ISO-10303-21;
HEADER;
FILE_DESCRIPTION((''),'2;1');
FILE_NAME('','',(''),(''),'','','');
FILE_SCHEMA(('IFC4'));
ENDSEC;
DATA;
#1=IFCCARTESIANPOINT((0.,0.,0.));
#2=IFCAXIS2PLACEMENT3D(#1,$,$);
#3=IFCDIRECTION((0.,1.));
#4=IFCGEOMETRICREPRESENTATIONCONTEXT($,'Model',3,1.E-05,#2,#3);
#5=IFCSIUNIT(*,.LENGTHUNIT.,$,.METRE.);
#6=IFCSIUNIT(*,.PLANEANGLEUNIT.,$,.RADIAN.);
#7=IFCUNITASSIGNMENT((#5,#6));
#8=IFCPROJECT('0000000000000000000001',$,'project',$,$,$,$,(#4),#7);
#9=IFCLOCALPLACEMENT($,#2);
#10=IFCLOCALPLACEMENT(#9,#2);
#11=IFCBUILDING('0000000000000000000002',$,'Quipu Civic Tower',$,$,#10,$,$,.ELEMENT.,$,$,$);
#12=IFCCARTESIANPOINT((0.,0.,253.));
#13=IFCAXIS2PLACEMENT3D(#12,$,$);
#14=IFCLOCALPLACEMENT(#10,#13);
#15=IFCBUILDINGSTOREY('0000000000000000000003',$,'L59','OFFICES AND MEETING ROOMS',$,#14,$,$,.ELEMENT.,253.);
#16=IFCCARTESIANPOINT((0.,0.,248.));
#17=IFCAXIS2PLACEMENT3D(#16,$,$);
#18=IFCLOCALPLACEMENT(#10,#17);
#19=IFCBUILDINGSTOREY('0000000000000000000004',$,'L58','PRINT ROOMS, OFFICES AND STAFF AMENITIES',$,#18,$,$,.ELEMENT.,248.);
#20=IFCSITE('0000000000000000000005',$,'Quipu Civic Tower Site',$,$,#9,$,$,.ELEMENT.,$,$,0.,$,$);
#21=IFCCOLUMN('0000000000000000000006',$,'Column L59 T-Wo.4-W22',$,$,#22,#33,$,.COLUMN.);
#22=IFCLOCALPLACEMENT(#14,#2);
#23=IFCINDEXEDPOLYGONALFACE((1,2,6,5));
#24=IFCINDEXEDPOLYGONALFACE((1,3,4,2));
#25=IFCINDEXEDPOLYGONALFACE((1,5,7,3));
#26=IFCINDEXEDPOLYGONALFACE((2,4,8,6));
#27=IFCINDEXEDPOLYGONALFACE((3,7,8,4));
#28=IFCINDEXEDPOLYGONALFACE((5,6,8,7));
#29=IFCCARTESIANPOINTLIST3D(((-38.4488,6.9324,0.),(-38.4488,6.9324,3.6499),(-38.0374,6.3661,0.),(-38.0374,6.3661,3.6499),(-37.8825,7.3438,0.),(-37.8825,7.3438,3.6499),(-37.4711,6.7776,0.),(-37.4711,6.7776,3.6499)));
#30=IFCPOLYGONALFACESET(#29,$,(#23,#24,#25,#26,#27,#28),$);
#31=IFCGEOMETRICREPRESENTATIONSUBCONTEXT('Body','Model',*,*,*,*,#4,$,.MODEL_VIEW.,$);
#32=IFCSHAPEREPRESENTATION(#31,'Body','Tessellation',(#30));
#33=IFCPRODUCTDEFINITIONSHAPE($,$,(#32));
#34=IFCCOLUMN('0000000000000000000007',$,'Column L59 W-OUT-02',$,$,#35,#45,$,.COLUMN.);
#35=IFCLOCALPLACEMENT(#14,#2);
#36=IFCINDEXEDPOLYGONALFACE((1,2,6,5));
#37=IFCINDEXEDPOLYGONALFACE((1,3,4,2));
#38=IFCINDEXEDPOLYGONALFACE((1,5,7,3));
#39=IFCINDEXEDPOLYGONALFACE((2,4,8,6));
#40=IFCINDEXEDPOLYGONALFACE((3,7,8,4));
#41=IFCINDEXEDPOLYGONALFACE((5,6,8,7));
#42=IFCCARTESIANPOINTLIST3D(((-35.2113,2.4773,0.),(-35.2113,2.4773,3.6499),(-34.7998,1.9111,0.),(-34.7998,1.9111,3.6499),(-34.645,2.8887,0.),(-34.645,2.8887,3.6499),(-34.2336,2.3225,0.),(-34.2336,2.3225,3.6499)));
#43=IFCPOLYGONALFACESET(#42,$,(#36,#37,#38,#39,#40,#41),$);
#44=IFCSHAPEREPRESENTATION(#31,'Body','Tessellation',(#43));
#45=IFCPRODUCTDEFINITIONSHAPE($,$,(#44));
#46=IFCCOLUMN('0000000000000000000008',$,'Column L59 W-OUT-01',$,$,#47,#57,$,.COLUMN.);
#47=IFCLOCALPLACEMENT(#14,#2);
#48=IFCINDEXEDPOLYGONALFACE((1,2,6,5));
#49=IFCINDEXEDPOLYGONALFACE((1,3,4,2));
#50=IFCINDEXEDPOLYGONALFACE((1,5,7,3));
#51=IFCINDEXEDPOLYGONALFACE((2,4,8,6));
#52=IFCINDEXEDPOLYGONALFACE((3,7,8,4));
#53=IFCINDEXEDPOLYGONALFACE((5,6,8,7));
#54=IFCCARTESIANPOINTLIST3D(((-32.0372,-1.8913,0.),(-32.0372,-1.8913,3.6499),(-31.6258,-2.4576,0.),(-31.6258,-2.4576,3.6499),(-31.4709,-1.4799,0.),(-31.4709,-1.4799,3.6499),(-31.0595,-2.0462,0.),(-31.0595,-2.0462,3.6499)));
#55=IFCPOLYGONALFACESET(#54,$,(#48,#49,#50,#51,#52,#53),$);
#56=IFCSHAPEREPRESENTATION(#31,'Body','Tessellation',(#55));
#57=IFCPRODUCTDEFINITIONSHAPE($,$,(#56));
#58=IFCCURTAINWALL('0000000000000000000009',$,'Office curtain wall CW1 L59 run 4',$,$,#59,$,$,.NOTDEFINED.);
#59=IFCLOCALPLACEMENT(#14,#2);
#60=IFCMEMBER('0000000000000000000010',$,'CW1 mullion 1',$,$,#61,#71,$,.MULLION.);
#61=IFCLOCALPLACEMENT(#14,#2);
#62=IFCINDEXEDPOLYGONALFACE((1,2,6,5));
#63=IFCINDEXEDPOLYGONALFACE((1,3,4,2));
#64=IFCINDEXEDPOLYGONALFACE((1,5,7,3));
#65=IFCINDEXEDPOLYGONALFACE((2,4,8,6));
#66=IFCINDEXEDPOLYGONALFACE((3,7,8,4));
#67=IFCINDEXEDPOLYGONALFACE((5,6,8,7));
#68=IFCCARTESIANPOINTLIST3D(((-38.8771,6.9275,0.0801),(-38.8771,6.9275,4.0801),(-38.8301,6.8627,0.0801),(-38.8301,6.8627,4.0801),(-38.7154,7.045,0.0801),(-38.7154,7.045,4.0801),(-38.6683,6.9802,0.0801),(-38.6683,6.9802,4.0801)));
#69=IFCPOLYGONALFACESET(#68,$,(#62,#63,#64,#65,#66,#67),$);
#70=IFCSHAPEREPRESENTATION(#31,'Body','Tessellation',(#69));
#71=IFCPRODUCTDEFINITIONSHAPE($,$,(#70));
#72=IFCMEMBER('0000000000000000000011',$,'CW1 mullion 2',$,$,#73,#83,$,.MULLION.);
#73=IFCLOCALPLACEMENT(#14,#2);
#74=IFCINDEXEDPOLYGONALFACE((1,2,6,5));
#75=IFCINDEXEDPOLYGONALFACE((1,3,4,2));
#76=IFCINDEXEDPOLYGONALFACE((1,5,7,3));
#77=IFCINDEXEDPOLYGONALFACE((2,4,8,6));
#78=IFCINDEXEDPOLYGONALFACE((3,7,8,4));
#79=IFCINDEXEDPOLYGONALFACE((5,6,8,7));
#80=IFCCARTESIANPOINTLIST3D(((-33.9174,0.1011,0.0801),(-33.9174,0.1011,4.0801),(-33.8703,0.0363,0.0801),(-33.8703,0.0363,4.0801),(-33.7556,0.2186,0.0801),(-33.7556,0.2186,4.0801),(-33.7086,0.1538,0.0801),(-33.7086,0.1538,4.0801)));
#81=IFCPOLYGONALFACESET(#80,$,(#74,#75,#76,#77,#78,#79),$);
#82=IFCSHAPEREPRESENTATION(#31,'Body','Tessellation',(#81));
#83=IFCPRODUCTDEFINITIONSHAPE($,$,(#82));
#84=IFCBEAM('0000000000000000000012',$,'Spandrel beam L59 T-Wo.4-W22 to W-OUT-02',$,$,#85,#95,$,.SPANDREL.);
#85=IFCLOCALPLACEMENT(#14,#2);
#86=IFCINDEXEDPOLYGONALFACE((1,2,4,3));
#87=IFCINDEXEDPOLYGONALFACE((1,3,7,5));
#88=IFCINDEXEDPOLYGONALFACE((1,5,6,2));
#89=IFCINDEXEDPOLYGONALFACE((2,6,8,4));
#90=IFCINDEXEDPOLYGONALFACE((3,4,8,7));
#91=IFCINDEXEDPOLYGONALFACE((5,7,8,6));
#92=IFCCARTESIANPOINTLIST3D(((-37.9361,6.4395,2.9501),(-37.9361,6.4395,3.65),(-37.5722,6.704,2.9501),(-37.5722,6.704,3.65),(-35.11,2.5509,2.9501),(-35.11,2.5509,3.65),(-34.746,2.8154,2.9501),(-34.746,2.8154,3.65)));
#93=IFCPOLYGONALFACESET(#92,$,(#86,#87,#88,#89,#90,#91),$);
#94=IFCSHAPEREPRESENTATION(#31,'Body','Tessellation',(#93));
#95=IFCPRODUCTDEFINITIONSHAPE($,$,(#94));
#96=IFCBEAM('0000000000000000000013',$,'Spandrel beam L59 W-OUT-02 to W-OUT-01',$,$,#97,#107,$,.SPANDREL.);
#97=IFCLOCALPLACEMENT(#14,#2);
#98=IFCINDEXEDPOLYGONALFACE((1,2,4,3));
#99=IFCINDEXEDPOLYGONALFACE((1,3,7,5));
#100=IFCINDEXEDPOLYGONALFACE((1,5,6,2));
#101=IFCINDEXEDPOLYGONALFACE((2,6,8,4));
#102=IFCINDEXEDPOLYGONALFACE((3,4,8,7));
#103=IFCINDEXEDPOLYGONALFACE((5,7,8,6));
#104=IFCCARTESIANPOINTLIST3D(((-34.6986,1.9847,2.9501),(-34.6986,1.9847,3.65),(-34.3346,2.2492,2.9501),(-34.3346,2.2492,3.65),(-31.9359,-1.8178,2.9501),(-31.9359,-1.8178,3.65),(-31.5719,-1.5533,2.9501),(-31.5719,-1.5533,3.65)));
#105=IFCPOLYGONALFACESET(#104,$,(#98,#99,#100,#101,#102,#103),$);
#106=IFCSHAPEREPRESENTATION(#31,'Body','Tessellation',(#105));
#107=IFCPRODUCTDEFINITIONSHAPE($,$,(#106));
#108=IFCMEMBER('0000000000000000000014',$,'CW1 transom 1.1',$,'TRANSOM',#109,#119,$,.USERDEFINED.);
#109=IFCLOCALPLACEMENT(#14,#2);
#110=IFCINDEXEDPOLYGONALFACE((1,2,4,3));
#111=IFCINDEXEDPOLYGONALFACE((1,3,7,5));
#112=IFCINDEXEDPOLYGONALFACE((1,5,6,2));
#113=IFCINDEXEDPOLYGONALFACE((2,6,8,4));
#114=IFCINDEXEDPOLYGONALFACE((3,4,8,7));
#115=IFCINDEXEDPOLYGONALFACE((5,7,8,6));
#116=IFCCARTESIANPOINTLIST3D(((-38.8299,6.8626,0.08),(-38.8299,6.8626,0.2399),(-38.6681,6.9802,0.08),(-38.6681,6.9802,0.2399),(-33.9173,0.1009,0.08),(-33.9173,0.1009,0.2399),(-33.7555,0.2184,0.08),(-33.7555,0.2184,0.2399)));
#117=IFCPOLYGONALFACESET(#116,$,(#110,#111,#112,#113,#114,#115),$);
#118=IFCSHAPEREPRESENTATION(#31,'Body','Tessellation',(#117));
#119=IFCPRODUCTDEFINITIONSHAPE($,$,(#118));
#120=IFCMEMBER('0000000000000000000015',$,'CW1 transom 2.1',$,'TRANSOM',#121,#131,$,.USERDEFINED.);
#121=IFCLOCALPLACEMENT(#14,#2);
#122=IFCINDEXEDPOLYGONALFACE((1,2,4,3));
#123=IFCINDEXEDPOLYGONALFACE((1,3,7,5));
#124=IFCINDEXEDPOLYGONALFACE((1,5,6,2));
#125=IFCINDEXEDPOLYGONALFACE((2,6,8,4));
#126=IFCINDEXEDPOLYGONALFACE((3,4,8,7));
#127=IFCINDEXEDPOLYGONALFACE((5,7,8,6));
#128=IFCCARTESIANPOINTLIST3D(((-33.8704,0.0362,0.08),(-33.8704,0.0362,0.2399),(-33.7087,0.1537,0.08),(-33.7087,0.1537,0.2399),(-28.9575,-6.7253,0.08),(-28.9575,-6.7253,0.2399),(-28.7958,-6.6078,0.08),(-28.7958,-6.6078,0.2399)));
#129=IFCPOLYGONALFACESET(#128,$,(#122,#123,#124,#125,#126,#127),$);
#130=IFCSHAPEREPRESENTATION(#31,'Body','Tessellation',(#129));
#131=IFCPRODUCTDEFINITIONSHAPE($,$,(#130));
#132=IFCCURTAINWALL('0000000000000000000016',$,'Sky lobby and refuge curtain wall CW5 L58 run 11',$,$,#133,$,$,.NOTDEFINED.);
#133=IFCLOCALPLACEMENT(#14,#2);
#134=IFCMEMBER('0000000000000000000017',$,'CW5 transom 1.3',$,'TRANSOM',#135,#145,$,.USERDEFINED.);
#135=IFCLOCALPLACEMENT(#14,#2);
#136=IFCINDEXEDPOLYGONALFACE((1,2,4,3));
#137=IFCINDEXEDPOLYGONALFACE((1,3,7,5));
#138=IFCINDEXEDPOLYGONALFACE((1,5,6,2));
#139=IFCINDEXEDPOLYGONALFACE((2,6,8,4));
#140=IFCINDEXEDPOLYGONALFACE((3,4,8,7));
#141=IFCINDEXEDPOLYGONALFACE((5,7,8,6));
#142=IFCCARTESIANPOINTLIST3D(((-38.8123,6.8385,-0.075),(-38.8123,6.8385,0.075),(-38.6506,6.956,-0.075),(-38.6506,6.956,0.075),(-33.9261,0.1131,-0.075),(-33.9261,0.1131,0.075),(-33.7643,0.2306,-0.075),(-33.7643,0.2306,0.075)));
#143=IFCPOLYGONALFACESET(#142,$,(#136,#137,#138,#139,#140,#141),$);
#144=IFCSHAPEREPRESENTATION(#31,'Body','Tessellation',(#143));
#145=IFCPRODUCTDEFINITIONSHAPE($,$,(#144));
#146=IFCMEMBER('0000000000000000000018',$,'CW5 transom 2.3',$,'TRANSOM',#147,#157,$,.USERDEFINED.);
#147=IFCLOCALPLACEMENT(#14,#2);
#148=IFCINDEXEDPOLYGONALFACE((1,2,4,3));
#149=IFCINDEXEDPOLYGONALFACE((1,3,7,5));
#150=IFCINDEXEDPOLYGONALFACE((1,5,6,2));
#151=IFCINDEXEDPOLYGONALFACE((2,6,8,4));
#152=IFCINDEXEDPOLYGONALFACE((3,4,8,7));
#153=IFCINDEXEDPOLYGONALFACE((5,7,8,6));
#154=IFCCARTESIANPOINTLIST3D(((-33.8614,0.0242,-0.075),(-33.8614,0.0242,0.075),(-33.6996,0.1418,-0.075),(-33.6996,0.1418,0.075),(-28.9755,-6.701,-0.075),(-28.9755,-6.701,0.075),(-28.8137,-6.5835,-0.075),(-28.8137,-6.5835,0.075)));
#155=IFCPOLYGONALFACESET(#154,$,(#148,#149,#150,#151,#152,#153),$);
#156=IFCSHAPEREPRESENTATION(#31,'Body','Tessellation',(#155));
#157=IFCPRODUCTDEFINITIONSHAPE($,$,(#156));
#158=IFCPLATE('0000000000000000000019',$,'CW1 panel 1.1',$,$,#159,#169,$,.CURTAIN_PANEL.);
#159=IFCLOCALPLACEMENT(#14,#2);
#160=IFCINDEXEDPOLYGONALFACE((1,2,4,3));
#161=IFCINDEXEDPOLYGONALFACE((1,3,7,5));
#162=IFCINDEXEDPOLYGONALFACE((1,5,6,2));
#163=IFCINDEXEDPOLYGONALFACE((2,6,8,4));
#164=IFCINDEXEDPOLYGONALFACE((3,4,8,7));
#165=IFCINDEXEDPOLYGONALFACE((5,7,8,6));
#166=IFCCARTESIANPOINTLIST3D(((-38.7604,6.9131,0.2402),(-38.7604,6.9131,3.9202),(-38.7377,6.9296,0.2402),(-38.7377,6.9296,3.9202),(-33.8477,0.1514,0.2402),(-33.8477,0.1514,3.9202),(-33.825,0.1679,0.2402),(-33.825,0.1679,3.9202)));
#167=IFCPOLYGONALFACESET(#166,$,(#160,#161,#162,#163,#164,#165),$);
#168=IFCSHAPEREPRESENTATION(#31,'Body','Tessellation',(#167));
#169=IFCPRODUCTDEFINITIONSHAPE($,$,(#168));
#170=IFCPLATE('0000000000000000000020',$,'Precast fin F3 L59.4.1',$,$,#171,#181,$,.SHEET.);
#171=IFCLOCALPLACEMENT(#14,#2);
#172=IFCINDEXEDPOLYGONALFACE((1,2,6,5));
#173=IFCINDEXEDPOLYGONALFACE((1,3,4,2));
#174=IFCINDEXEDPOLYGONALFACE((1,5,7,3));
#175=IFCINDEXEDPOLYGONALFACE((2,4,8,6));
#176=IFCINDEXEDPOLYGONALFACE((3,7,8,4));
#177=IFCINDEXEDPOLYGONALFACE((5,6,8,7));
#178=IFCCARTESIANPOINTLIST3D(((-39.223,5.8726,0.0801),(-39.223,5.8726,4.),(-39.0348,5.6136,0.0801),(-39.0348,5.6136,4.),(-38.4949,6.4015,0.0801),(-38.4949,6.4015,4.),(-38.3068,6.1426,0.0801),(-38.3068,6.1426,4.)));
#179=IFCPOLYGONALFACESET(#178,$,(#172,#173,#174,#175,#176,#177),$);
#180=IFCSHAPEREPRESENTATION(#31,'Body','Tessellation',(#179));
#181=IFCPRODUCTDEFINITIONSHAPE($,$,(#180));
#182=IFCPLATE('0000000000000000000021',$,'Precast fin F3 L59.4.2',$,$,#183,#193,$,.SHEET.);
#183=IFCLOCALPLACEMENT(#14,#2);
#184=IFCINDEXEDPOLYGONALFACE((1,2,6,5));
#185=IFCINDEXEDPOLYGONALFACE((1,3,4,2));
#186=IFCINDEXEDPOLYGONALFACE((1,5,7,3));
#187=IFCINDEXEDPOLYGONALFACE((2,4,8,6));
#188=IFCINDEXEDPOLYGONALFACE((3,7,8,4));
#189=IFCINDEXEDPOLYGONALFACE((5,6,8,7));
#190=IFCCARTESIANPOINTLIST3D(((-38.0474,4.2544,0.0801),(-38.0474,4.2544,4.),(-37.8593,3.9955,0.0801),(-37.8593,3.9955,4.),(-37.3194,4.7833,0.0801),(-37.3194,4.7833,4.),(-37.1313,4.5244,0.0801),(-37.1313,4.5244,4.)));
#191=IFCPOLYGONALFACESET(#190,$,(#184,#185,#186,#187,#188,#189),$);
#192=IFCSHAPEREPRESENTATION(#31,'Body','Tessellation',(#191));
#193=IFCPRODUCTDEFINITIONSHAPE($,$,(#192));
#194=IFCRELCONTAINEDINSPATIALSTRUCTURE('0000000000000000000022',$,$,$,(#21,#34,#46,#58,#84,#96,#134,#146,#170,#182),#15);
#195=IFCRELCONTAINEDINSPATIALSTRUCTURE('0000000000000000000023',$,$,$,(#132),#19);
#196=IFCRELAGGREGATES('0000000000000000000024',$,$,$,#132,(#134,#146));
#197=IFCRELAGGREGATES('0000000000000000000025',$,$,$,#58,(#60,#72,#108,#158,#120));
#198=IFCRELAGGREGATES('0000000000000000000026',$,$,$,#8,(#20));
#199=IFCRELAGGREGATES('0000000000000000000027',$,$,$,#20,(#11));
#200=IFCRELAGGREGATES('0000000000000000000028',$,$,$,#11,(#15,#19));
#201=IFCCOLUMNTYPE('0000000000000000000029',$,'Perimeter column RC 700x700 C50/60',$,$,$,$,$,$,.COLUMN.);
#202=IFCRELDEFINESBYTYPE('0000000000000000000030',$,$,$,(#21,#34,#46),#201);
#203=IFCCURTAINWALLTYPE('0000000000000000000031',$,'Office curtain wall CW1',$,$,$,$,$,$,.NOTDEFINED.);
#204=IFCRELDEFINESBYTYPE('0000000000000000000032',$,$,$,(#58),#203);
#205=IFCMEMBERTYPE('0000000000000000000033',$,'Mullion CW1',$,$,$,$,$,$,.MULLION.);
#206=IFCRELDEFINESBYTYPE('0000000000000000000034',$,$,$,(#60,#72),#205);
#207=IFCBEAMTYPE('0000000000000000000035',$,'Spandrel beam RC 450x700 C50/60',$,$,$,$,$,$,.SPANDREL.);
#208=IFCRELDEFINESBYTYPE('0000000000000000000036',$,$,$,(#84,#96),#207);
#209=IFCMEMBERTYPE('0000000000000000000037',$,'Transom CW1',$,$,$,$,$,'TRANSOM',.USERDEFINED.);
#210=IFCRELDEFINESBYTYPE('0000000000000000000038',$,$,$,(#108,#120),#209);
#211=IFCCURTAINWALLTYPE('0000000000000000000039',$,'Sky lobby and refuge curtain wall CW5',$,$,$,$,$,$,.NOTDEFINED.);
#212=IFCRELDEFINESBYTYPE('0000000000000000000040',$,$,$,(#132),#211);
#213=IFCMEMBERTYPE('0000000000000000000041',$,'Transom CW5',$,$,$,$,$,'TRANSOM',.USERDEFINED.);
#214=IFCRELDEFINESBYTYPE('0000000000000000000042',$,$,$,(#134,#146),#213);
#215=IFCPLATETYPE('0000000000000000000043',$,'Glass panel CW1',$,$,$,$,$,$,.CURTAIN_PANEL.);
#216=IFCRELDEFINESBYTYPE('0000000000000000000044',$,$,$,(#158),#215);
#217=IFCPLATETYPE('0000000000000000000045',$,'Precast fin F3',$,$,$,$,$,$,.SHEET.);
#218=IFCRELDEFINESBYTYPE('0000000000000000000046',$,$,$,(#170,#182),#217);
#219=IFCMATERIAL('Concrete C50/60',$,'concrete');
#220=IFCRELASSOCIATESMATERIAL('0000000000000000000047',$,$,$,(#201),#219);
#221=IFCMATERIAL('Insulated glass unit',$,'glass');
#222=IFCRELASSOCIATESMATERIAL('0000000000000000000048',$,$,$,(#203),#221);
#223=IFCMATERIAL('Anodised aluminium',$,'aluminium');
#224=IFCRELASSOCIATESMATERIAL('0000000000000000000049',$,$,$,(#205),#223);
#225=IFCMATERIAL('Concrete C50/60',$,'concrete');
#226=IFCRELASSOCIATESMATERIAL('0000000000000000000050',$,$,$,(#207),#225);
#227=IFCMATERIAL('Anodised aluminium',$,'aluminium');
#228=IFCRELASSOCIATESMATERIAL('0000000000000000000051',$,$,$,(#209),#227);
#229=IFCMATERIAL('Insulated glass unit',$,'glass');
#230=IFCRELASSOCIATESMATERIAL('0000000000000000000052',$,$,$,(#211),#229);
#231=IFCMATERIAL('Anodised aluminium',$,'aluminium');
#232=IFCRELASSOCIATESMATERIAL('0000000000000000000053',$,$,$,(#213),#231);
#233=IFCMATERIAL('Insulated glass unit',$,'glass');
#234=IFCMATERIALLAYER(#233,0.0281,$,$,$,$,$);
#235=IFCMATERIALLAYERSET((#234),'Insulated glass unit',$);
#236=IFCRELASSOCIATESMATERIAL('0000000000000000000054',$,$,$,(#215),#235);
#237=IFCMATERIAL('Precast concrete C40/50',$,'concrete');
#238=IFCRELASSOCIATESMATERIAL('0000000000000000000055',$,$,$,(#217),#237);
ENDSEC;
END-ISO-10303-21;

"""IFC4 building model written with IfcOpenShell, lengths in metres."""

from ifc_helpers import new_model, si_unit, direction, frame, origin, origin_2d, place, context, subcontext, project, spatial, rectangle, extrude, material, layer, layer_set, material_profile, profile_set, type_object, element, aggregate, save


model = new_model("IFC4")

# Units and contexts
model_context = context("Model", 3, precision=1e-05, world=origin(), true_north=direction((0.0, 1.0)))
body_context = subcontext(model_context, "Body", "Model", "MODEL_VIEW")
ifc_project = project(units=[si_unit("LENGTHUNIT", "METRE"), si_unit("PLANEANGLEUNIT", "RADIAN")], contexts=[model_context])

# Site, building, storey
site_placement = place(None, origin())
site = spatial("IfcSite", under=ifc_project, at=site_placement, Name="Quipu Civic Tower Site", CompositionType="ELEMENT", RefElevation=0.0)
building_placement = place(site_placement, origin())
building = spatial("IfcBuilding", under=site, at=building_placement, Name="Quipu Civic Tower", CompositionType="ELEMENT")
storey_1_placement = place(building_placement, frame((0.0, 0.0, 253.0)))
storey_1 = spatial("IfcBuildingStorey", under=building, at=storey_1_placement, Name="L59", Description="OFFICES AND MEETING ROOMS", CompositionType="ELEMENT", Elevation=253.0)

# Columns
ifc_material_1 = material(Name="Concrete C50/60", Category="concrete")
ifc_material_profile_1 = material_profile(ifc_material_1, rectangle(XDim=0.7, YDim=0.7, at=origin_2d()), Name="RC700x700")
ifc_profile_set_1 = profile_set([ifc_material_profile_1], Name="Concrete C50/60")
column_type = type_object("IfcColumnType", Name="Perimeter column RC 700x700 C50/60", PredefinedType="COLUMN", material=ifc_profile_set_1)
for number, where, z_axis, x_axis, name in (
    (1, (-37.96, 6.855, 0.0), (0.0, 0.0, 1.0), (0.587785, -0.809017, 0.0), "Column L59 T-Wo.4-W22"),
    (2, (-34.7224, 2.3999, 0.0), (0.0, 0.0, 1.0), (0.587785, -0.809017, 0.0), "Column L59 W-OUT-02"),
    (3, (-31.5483, -1.9688, 0.0), (0.0, 0.0, 1.0), (0.587785, -0.809017, 0.0), "Column L59 W-OUT-01"),
):
    element("IfcColumn", number, at=place(storey_1_placement, frame(where, z_axis=z_axis, x_axis=x_axis)), inside=storey_1, type_object=column_type, Name=name, PredefinedType="COLUMN", context=body_context, shape_type="SweptSolid", body=[
        extrude(rectangle(XDim=0.7, YDim=0.7, at=origin_2d()), origin(), (0.0, 0.0, 1.0), 3.6499),
    ])

# Curtain wall, members
ifc_material_2 = material(Name="Insulated glass unit", Category="glass")
curtain_wall_type_1 = type_object("IfcCurtainWallType", Name="Office curtain wall CW1", PredefinedType="NOTDEFINED", material=ifc_material_2)
curtain_wall_1_placement = place(storey_1_placement, origin())
curtain_wall_1 = element("IfcCurtainWall", 4, at=curtain_wall_1_placement, inside=storey_1, type_object=curtain_wall_type_1, Name="Office curtain wall CW1 L59 run 4", PredefinedType="NOTDEFINED")
ifc_material_3 = material(Name="Anodised aluminium", Category="aluminium")
ifc_material_profile_2 = material_profile(ifc_material_3, rectangle(XDim=0.2, YDim=0.0801, at=origin_2d()), Name="RECT 200x80")
ifc_profile_set_2 = profile_set([ifc_material_profile_2], Name="Anodised aluminium")
member_type_1 = type_object("IfcMemberType", Name="Mullion CW1", PredefinedType="MULLION", material=ifc_profile_set_2)
member_1_placement = place(storey_1_placement, frame((-38.7727, 6.9539, 0.0801), z_axis=(0.0, 0.0, 1.0), x_axis=(0.809016, 0.587786, 0.0)))
member_1 = element("IfcMember", 5, at=member_1_placement, type_object=member_type_1, Name="CW1 mullion 1", PredefinedType="MULLION", context=body_context, shape_type="SweptSolid", body=[
    extrude(rectangle(XDim=0.2, YDim=0.0801, at=origin_2d()), origin(), (0.0, 0.0, 1.0), 4.0),
])
member_2_placement = place(storey_1_placement, frame((-33.813, 0.1274, 0.0801), z_axis=(0.0, 0.0, 1.0), x_axis=(0.809016, 0.587786, 0.0)))
member_2 = element("IfcMember", 6, at=member_2_placement, type_object=member_type_1, Name="CW1 mullion 2", PredefinedType="MULLION", context=body_context, shape_type="SweptSolid", body=[
    extrude(rectangle(XDim=0.2, YDim=0.0801, at=origin_2d()), origin(), (0.0, 0.0, 1.0), 4.0),
])

# Beams
ifc_material_4 = material(Name="Concrete C50/60", Category="concrete")
ifc_material_profile_3 = material_profile(ifc_material_4, rectangle(XDim=0.45, YDim=0.7, at=origin_2d()), Name="RC450x700")
ifc_profile_set_3 = profile_set([ifc_material_profile_3], Name="Concrete C50/60")
beam_type = type_object("IfcBeamType", Name="Spandrel beam RC 450x700 C50/60", PredefinedType="SPANDREL", material=ifc_profile_set_3)
beam_1_placement = place(storey_1_placement, frame((-37.7542, 6.5718, 3.3), z_axis=(0.587906, -0.808929, 0.0), x_axis=(0.808929, 0.587906, 0.0)))
element("IfcBeam", 7, at=beam_1_placement, inside=storey_1, type_object=beam_type, Name="Spandrel beam L59 T-Wo.4-W22 to W-OUT-02", PredefinedType="SPANDREL", context=body_context, shape_type="SweptSolid", body=[
    extrude(rectangle(XDim=0.45, YDim=0.7, at=origin_2d()), origin(), (0.0, 0.0, 1.0), 4.8071),
])
beam_2_placement = place(storey_1_placement, frame((-34.5166, 2.1169, 3.3), z_axis=(0.587789, -0.809015, 0.0), x_axis=(0.809015, 0.587789, 0.0)))
element("IfcBeam", 8, at=beam_2_placement, inside=storey_1, type_object=beam_type, Name="Spandrel beam L59 W-OUT-02 to W-OUT-01", PredefinedType="SPANDREL", context=body_context, shape_type="SweptSolid", body=[
    extrude(rectangle(XDim=0.45, YDim=0.7, at=origin_2d()), origin(), (0.0, 0.0, 1.0), 4.7002),
])

# Members
ifc_material_5 = material(Name="Anodised aluminium", Category="aluminium")
ifc_material_profile_4 = material_profile(ifc_material_5, rectangle(XDim=0.2, YDim=0.1599, at=origin_2d()), Name="RECT 200x160")
ifc_profile_set_4 = profile_set([ifc_material_profile_4], Name="Anodised aluminium")
member_type_2 = type_object("IfcMemberType", Name="Transom CW1", ElementType="TRANSOM", PredefinedType="USERDEFINED", material=ifc_profile_set_4)
member_3_placement = place(storey_1_placement, frame((-38.749, 6.9214, 0.1599), z_axis=(0.587779, -0.809021, 0.0), x_axis=(0.809021, 0.587779, 0.0)))
member_3 = element("IfcMember", 9, at=member_3_placement, type_object=member_type_2, Name="CW1 transom 1.1", ObjectType="TRANSOM", PredefinedType="USERDEFINED", context=body_context, shape_type="SweptSolid", body=[
    extrude(rectangle(XDim=0.2, YDim=0.1599, at=origin_2d()), origin(), (0.0, 0.0, 1.0), 8.3579),
])
member_4_placement = place(storey_1_placement, frame((-33.7896, 0.095, 0.1599), z_axis=(0.587812, -0.808997, 0.0), x_axis=(0.808997, 0.587812, 0.0)))
member_4 = element("IfcMember", 10, at=member_4_placement, type_object=member_type_2, Name="CW1 transom 2.1", ObjectType="TRANSOM", PredefinedType="USERDEFINED", context=body_context, shape_type="SweptSolid", body=[
    extrude(rectangle(XDim=0.2, YDim=0.1599, at=origin_2d()), origin(), (0.0, 0.0, 1.0), 8.3579),
])

# Shared definitions
storey_2_placement = place(building_placement, frame((0.0, 0.0, 248.0)))
storey_2 = spatial("IfcBuildingStorey", under=building, at=storey_2_placement, Name="L58", Description="PRINT ROOMS, OFFICES AND STAFF AMENITIES", CompositionType="ELEMENT", Elevation=248.0)

# Curtain wall, members
ifc_material_6 = material(Name="Insulated glass unit", Category="glass")
curtain_wall_type_2 = type_object("IfcCurtainWallType", Name="Sky lobby and refuge curtain wall CW5", PredefinedType="NOTDEFINED", material=ifc_material_6)
curtain_wall_2_placement = place(storey_2_placement, origin())
curtain_wall_2 = element("IfcCurtainWall", 11, at=curtain_wall_2_placement, inside=storey_2, type_object=curtain_wall_type_2, Name="Sky lobby and refuge curtain wall CW5 L58 run 11", PredefinedType="NOTDEFINED")
ifc_material_7 = material(Name="Anodised aluminium", Category="aluminium")
ifc_material_profile_5 = material_profile(ifc_material_7, rectangle(XDim=0.2, YDim=0.1499, at=origin_2d()), Name="RECT 200x150")
ifc_profile_set_5 = profile_set([ifc_material_profile_5], Name="Anodised aluminium")
member_type_3 = type_object("IfcMemberType", Name="Transom CW5", ElementType="TRANSOM", PredefinedType="USERDEFINED", material=ifc_profile_set_5)
member_5_placement = place(storey_1_placement, frame((-38.7314, 6.8972, 0.0), z_axis=(0.587784, -0.809018, 0.0), x_axis=(0.809018, 0.587784, 0.0)))
member_5 = element("IfcMember", 12, at=member_5_placement, inside=storey_1, type_object=member_type_3, Name="CW5 transom 1.3", ObjectType="TRANSOM", PredefinedType="USERDEFINED", context=body_context, shape_type="SweptSolid", body=[
    extrude(rectangle(XDim=0.2, YDim=0.1499, at=origin_2d()), origin(), (0.0, 0.0, 1.0), 8.313),
])
member_6_placement = place(storey_1_placement, frame((-33.7805, 0.083, 0.0), z_axis=(0.587765, -0.809032, 0.0), x_axis=(0.809032, 0.587765, 0.0)))
member_6 = element("IfcMember", 13, at=member_6_placement, inside=storey_1, type_object=member_type_3, Name="CW5 transom 2.3", ObjectType="TRANSOM", PredefinedType="USERDEFINED", context=body_context, shape_type="SweptSolid", body=[
    extrude(rectangle(XDim=0.2, YDim=0.1499, at=origin_2d()), origin(), (0.0, 0.0, 1.0), 8.3127),
])
aggregate(curtain_wall_2, [member_5, member_6])

# Plate
ifc_material_8 = material(Name="Insulated glass unit", Category="glass")
ifc_layer_1 = layer(ifc_material_8, 0.0281)
ifc_layer_set_1 = layer_set([ifc_layer_1], Name="Insulated glass unit")
plate_type_1 = type_object("IfcPlateType", Name="Glass panel CW1", PredefinedType="CURTAIN_PANEL", material=ifc_layer_set_1)
plate_placement = place(storey_1_placement, frame((-36.2927, 3.5405, 0.2402), z_axis=(0.0, 0.0, 1.0), x_axis=(0.587786, -0.809016, 0.0)))
plate = element("IfcPlate", 14, at=plate_placement, type_object=plate_type_1, Name="CW1 panel 1.1", PredefinedType="CURTAIN_PANEL", context=body_context, shape_type="SweptSolid", body=[
    extrude(rectangle(XDim=8.3579, YDim=0.0281, at=origin_2d()), origin(), (0.0, 0.0, 1.0), 3.6799),
])
aggregate(curtain_wall_1, [member_1, member_2, member_3, plate, member_4])

# Plates
ifc_material_9 = material(Name="Precast concrete C40/50", Category="concrete")
plate_type_2 = type_object("IfcPlateType", Name="Precast fin F3", PredefinedType="SHEET", material=ifc_material_9)
for number, where, z_axis, x_axis, name in (
    (15, (-38.7649, 6.0076, 0.0801), (0.0, 0.0, 1.0), (0.587787, -0.809016, 0.0), "Precast fin F3 L59.4.1"),
    (16, (-37.5894, 4.3894, 0.0801), (0.0, 0.0, 1.0), (0.587787, -0.809016, 0.0), "Precast fin F3 L59.4.2"),
):
    element("IfcPlate", number, at=place(storey_1_placement, frame(where, z_axis=z_axis, x_axis=x_axis)), inside=storey_1, type_object=plate_type_2, Name=name, PredefinedType="SHEET", context=body_context, shape_type="SweptSolid", body=[
        extrude(rectangle(XDim=0.3201, YDim=0.8999, at=origin_2d()), origin(), (0.0, 0.0, 1.0), 3.9199),
    ])

save(model, "model.ifc")
